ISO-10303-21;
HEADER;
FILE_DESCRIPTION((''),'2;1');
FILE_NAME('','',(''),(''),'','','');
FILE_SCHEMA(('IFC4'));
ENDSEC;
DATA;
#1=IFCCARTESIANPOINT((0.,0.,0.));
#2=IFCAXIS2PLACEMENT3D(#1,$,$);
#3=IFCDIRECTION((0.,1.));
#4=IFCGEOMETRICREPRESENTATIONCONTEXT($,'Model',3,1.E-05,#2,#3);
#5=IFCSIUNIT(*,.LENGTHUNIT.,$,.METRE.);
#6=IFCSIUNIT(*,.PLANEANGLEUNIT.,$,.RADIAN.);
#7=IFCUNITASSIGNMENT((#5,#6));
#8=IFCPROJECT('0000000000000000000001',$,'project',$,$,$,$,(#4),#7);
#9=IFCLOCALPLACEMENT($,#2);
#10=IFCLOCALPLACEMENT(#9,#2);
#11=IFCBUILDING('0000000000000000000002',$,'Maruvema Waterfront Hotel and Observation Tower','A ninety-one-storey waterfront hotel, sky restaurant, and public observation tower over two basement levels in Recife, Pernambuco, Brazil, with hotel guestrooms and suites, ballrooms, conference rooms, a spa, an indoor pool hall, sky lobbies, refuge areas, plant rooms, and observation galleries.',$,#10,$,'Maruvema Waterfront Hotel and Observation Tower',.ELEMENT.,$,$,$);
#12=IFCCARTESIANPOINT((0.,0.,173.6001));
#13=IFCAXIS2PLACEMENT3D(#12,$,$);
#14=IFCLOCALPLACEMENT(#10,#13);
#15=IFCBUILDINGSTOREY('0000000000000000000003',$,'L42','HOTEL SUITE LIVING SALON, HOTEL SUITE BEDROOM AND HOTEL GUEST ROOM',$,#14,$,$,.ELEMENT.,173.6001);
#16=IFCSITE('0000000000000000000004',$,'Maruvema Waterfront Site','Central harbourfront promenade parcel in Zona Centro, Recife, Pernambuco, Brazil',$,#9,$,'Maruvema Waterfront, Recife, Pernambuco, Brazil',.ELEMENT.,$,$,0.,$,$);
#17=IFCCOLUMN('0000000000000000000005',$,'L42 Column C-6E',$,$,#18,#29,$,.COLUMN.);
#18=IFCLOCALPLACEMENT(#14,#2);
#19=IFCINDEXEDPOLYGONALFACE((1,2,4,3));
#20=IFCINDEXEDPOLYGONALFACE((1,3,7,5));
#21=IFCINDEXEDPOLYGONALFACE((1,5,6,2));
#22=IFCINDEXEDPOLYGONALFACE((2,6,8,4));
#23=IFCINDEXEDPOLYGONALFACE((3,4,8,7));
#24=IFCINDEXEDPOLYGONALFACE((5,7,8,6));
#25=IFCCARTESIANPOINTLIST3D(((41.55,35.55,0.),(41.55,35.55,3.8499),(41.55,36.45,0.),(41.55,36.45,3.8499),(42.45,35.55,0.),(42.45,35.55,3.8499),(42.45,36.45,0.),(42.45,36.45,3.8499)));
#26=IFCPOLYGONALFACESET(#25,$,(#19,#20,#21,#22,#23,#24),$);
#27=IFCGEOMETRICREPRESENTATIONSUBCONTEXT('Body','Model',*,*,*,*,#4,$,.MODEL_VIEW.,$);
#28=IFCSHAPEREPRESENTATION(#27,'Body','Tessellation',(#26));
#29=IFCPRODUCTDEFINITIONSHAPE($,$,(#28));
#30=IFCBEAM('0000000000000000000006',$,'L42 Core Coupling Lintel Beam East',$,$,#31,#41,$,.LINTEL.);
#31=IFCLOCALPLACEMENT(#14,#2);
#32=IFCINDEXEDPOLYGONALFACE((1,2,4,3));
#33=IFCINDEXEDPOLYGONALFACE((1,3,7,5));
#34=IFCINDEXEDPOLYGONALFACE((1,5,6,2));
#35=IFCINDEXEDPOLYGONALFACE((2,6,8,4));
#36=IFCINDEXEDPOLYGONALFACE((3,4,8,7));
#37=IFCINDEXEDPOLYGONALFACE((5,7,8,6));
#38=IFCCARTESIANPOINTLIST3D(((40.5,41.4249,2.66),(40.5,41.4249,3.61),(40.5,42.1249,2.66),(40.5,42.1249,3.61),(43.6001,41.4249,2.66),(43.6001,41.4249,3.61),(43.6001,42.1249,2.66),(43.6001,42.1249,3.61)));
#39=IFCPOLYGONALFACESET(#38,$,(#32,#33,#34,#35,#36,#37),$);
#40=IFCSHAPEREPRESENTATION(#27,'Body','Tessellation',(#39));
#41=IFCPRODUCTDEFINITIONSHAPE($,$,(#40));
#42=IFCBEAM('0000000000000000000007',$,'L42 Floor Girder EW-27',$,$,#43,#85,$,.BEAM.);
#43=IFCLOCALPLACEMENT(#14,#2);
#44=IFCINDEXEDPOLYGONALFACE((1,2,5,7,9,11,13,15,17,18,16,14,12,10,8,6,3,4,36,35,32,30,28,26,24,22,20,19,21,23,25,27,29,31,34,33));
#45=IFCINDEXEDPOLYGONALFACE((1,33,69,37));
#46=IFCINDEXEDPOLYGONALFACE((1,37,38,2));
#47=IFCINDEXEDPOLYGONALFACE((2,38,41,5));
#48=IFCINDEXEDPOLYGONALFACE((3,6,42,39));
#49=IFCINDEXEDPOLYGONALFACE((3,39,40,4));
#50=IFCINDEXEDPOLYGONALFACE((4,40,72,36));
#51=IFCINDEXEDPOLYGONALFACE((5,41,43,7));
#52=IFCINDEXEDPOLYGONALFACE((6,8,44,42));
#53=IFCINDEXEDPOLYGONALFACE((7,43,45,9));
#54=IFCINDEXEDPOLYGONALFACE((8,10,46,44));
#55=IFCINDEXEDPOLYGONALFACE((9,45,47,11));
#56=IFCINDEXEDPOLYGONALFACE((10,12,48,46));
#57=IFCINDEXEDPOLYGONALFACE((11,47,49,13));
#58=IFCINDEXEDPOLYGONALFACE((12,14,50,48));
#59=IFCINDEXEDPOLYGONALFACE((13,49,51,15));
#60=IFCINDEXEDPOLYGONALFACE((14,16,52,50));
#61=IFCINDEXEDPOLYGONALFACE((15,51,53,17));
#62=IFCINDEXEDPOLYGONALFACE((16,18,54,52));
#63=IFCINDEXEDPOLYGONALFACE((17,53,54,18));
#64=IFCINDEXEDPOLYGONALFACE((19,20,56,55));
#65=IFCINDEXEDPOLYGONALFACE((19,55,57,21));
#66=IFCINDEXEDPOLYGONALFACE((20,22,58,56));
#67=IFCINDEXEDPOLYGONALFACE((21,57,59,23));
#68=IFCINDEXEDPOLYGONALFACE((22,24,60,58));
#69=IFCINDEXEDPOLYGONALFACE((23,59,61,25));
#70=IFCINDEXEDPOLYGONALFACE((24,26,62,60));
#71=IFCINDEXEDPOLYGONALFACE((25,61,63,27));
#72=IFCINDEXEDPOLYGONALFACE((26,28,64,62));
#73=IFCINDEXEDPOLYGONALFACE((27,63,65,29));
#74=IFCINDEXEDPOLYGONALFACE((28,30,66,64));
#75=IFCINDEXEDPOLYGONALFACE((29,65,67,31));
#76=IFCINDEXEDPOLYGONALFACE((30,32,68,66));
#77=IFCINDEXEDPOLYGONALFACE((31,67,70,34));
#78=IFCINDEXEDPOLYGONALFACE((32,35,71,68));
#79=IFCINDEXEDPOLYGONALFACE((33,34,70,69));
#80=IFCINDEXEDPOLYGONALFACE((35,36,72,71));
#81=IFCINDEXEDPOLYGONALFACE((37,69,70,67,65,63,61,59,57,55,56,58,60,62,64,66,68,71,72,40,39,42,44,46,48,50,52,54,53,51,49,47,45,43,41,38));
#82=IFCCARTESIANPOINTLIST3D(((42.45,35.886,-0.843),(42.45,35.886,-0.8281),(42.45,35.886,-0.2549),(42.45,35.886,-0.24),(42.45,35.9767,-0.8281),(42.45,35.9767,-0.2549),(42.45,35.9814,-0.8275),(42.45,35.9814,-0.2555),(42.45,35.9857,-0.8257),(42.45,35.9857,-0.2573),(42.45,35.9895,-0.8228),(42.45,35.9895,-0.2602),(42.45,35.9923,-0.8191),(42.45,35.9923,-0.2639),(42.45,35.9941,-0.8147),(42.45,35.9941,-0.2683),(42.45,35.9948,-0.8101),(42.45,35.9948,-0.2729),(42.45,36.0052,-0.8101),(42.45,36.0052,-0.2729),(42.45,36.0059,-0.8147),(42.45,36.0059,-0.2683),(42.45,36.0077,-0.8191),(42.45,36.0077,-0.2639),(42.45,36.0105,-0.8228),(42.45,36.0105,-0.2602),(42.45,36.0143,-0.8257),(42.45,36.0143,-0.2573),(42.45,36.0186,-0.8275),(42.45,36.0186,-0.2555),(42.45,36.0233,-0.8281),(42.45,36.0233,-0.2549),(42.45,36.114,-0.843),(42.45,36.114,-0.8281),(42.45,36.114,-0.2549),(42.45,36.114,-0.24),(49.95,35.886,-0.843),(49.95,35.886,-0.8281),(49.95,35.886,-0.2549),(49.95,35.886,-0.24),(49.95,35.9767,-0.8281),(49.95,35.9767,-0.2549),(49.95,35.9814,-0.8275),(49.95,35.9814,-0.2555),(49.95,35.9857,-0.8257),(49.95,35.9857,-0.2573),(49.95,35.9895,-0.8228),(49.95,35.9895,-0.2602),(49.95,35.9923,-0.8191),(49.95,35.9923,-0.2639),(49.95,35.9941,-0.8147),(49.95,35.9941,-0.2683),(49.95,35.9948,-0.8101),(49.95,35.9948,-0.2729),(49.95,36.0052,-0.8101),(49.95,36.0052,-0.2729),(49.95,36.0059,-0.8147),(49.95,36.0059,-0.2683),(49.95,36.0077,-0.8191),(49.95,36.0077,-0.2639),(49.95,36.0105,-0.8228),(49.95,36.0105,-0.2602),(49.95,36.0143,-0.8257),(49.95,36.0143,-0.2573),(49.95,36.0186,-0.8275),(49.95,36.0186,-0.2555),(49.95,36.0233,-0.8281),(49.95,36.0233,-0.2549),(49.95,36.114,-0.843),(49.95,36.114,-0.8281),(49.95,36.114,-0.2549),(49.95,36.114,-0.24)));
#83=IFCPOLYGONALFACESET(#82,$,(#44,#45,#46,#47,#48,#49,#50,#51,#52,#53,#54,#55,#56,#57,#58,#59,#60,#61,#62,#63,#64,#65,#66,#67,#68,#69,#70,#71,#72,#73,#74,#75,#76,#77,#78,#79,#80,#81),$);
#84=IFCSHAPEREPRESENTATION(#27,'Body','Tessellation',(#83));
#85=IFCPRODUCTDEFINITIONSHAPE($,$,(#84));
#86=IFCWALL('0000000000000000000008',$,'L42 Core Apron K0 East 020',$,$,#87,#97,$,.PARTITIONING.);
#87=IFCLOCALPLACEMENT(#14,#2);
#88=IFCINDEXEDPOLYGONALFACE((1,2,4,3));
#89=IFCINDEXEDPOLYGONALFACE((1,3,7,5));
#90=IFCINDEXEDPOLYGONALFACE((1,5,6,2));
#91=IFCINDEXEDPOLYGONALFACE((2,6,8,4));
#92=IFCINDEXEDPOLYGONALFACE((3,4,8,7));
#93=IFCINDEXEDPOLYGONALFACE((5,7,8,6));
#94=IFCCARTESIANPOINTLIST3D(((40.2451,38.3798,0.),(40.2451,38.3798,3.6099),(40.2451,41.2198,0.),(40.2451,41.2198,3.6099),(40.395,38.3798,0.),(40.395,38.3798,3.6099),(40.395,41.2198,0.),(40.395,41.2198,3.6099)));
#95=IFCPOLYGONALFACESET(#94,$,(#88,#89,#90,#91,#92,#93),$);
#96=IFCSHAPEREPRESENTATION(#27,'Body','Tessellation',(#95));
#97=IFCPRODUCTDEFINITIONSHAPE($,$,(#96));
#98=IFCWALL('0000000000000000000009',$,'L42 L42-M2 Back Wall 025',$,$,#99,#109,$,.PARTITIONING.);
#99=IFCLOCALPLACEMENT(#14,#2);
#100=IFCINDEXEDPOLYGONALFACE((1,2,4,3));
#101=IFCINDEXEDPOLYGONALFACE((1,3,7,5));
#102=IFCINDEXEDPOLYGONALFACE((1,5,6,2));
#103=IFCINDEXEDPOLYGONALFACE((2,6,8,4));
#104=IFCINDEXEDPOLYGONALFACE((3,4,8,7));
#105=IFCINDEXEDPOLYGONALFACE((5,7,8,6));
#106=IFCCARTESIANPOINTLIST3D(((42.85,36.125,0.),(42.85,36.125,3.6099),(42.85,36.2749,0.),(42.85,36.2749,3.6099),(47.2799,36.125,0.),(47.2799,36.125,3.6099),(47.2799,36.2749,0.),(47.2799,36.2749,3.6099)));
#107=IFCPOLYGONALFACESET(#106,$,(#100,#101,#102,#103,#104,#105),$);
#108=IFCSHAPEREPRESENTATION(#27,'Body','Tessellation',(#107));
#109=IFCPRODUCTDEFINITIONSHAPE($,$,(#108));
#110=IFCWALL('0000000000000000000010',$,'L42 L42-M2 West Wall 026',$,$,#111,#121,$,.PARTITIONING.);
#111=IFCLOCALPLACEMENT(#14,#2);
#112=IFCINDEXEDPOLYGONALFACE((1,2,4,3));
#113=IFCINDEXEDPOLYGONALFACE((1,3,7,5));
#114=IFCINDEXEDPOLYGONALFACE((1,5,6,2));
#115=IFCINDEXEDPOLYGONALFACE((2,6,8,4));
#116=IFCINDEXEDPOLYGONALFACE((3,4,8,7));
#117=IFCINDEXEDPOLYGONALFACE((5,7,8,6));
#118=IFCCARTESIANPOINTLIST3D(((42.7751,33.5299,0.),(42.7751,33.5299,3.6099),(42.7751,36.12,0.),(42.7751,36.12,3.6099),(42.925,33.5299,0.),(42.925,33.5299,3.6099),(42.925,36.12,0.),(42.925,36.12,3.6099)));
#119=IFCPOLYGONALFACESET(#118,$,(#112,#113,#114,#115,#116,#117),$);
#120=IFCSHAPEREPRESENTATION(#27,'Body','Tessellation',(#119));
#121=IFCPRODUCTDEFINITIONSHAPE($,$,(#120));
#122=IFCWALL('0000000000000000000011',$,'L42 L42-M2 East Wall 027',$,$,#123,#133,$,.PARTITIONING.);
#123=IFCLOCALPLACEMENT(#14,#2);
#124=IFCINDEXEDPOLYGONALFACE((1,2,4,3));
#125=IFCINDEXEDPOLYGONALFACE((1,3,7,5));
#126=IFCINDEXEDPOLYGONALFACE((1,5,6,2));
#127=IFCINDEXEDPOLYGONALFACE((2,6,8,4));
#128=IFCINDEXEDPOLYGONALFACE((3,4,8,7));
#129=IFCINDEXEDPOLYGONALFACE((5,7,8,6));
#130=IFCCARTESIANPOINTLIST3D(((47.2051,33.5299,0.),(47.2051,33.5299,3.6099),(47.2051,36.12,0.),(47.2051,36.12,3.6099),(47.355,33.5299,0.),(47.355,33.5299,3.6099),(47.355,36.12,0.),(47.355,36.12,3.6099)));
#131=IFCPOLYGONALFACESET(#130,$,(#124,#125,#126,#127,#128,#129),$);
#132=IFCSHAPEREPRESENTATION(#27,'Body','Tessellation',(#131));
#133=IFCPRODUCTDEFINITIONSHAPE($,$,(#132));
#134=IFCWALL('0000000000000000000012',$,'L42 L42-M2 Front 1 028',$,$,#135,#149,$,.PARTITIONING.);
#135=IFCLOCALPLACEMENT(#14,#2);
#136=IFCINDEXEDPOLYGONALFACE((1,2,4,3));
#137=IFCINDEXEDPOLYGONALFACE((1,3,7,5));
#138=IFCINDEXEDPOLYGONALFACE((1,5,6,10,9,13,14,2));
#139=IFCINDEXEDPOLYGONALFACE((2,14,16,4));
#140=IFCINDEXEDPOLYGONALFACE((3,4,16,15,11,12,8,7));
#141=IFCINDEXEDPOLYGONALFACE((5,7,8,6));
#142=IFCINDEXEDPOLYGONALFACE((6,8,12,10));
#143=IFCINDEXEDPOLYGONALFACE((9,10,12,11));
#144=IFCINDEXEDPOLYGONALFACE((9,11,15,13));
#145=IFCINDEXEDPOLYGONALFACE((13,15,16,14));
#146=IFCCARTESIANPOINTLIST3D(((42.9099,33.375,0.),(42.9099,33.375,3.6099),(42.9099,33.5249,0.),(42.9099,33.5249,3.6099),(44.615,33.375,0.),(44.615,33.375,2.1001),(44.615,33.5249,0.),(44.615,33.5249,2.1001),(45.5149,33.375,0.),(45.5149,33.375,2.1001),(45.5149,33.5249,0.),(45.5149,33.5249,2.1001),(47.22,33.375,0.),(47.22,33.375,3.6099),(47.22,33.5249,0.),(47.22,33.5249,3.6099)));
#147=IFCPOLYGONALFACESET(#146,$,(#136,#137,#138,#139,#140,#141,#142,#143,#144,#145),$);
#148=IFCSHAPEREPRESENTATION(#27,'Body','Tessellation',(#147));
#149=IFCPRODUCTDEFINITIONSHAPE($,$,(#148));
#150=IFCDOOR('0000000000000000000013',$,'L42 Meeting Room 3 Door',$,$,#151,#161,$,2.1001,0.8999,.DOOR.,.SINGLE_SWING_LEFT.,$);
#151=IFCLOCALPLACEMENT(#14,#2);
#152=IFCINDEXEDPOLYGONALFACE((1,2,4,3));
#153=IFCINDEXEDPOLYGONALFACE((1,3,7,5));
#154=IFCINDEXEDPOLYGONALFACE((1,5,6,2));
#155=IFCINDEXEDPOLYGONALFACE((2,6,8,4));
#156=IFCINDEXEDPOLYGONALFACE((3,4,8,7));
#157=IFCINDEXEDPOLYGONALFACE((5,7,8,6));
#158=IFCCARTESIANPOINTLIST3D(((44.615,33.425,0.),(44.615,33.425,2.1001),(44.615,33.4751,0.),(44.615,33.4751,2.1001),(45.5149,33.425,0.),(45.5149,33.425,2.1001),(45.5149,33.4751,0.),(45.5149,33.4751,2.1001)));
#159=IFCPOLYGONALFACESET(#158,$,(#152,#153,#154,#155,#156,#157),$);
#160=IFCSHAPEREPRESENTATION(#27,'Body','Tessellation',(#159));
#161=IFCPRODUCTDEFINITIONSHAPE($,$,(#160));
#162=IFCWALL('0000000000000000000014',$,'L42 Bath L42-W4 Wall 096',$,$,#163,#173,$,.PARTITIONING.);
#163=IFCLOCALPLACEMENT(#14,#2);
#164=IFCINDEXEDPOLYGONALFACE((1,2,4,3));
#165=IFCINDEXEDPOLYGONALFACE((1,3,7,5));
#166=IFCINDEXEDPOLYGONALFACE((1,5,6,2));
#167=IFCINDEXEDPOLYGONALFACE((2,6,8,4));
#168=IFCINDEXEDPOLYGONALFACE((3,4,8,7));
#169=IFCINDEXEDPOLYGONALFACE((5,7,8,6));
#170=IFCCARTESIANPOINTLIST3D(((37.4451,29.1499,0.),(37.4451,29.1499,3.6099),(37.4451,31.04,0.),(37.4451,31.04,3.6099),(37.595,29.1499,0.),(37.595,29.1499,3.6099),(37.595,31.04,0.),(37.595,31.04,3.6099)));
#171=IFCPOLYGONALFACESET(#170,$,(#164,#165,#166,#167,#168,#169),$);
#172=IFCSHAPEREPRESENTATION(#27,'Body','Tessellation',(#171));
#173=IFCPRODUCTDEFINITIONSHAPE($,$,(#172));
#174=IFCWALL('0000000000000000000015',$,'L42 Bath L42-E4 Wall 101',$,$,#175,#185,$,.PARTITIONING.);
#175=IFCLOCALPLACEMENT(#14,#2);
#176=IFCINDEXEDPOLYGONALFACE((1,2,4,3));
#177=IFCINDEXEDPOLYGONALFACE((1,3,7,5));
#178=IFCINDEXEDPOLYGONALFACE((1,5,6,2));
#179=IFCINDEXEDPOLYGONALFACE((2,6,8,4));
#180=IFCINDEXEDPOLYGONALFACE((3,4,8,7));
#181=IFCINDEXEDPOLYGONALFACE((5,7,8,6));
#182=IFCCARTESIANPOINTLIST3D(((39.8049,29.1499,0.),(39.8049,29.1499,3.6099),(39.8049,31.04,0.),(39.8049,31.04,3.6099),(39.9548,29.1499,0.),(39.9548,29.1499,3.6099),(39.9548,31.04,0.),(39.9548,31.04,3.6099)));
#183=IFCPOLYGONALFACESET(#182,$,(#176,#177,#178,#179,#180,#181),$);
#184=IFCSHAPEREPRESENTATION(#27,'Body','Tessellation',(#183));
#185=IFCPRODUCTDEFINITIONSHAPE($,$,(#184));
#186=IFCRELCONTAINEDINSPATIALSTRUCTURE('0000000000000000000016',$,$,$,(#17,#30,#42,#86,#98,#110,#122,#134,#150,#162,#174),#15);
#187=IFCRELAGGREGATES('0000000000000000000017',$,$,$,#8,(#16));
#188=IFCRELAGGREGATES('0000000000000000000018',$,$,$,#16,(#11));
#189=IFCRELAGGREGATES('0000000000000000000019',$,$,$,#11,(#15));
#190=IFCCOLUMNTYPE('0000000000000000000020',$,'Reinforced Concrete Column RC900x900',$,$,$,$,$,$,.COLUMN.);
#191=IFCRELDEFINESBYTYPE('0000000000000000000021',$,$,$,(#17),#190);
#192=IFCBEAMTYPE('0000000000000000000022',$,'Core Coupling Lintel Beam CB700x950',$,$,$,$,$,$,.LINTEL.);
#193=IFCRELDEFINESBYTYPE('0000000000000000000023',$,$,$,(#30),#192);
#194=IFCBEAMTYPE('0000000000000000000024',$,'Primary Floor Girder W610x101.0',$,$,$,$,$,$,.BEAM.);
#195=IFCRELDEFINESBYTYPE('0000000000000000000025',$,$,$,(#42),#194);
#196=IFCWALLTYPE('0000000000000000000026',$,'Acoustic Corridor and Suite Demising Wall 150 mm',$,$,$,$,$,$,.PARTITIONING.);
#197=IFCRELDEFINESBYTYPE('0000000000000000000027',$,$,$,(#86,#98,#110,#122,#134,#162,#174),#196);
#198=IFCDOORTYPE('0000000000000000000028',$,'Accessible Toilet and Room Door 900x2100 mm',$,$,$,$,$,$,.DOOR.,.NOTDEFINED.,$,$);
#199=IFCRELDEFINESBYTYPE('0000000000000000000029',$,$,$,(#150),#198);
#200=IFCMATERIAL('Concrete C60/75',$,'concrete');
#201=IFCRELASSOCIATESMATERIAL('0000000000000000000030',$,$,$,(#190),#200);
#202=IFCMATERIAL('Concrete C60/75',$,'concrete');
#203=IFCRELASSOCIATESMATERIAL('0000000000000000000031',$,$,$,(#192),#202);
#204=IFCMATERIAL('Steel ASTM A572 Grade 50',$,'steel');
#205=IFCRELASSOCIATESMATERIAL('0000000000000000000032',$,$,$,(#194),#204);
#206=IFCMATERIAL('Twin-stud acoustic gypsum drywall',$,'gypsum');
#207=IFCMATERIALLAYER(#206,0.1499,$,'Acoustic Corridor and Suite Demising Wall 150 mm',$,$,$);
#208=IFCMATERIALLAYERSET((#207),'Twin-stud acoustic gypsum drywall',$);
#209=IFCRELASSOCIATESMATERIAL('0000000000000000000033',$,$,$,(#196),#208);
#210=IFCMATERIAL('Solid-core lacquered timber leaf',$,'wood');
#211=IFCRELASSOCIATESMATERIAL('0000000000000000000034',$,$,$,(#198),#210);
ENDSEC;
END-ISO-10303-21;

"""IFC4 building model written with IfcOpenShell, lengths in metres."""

from ifc_helpers import new_model, si_unit, direction, frame, frame_2d, origin, origin_2d, place, context, subcontext, project, spatial, rectangle, i_section, extrude, material, layer, layer_set, material_profile, profile_set, type_object, element, fill, save


model = new_model("IFC4")

# Units and contexts
model_context = context("Model", 3, precision=1e-05, world=origin(), true_north=direction((0.0, 1.0)))
body_context = subcontext(model_context, "Body", "Model", "MODEL_VIEW")
ifc_project = project(units=[si_unit("LENGTHUNIT", "METRE"), si_unit("PLANEANGLEUNIT", "RADIAN")], contexts=[model_context])

# Site, building, storey
site_placement = place(None, origin())
site = spatial("IfcSite", under=ifc_project, at=site_placement, Name="Maruvema Waterfront Site", Description="Central harbourfront promenade parcel in Zona Centro, Recife, Pernambuco, Brazil", LongName="Maruvema Waterfront, Recife, Pernambuco, Brazil", CompositionType="ELEMENT", RefElevation=0.0)
building_placement = place(site_placement, origin())
building = spatial("IfcBuilding", under=site, at=building_placement, Name="Maruvema Waterfront Hotel and Observation Tower", Description="A ninety-one-storey waterfront hotel, sky restaurant, and public observation tower over two basement levels in Recife, Pernambuco, Brazil, with hotel guestrooms and suites, ballrooms, conference rooms, a spa, an indoor pool hall, sky lobbies, refuge areas, plant rooms, and observation galleries.", LongName="Maruvema Waterfront Hotel and Observation Tower", CompositionType="ELEMENT")
storey_placement = place(building_placement, frame((0.0, 0.0, 173.6001)))
storey = spatial("IfcBuildingStorey", under=building, at=storey_placement, Name="L42", Description="HOTEL SUITE LIVING SALON, HOTEL SUITE BEDROOM AND HOTEL GUEST ROOM", CompositionType="ELEMENT", Elevation=173.6001)

# Column
ifc_material_1 = material(Name="Concrete C60/75", Category="concrete")
ifc_material_profile_1 = material_profile(ifc_material_1, rectangle(XDim=0.8999, YDim=0.8999, at=origin_2d()), Name="RC900x900")
ifc_profile_set_1 = profile_set([ifc_material_profile_1], Name="Concrete C60/75")
column_type = type_object("IfcColumnType", Name="Reinforced Concrete Column RC900x900", PredefinedType="COLUMN", material=ifc_profile_set_1)
column_placement = place(storey_placement, frame((42.0, 36.0, 0.0), z_axis=(0.0, 0.0, 1.0), x_axis=(1.0, 0.0, 0.0)))
element("IfcColumn", 1, at=column_placement, inside=storey, type_object=column_type, Name="L42 Column C-6E", PredefinedType="COLUMN", context=body_context, shape_type="SweptSolid", body=[
    extrude(rectangle(XDim=0.8999, YDim=0.8999, at=origin_2d()), origin(), (0.0, 0.0, 1.0), 3.8499),
])

# Beams
ifc_material_2 = material(Name="Concrete C60/75", Category="concrete")
ifc_material_profile_2 = material_profile(ifc_material_2, rectangle(XDim=0.7, YDim=0.95, at=origin_2d()), Name="CB700x950")
ifc_profile_set_2 = profile_set([ifc_material_profile_2], Name="Concrete C60/75")
beam_type_1 = type_object("IfcBeamType", Name="Core Coupling Lintel Beam CB700x950", PredefinedType="LINTEL", material=ifc_profile_set_2)
beam_1_placement = place(storey_placement, frame((40.5, 41.7749, 3.135), z_axis=(1.0, 0.0, 0.0), x_axis=(0.0, 1.0, 0.0)))
element("IfcBeam", 2, at=beam_1_placement, inside=storey, type_object=beam_type_1, Name="L42 Core Coupling Lintel Beam East", PredefinedType="LINTEL", context=body_context, shape_type="SweptSolid", body=[
    extrude(rectangle(XDim=0.7, YDim=0.95, at=origin_2d()), origin(), (0.0, 0.0, 1.0), 3.1001),
])
ifc_material_3 = material(Name="Steel ASTM A572 Grade 50", Category="steel")
ifc_material_profile_3 = material_profile(ifc_material_3, i_section(OverallWidth=0.228, OverallDepth=0.603, WebThickness=0.0105, FlangeThickness=0.0149, FilletRadius=0.0181, at=origin_2d()), Name="W610x101.0")
ifc_profile_set_3 = profile_set([ifc_material_profile_3], Name="Steel ASTM A572 Grade 50")
beam_type_2 = type_object("IfcBeamType", Name="Primary Floor Girder W610x101.0", PredefinedType="BEAM", material=ifc_profile_set_3)
beam_2_placement = place(storey_placement, frame((42.45, 36.0, -0.5415), z_axis=(1.0, 0.0, 0.0), x_axis=(0.0, 1.0, 0.0)))
element("IfcBeam", 3, at=beam_2_placement, inside=storey, type_object=beam_type_2, Name="L42 Floor Girder EW-27", PredefinedType="BEAM", context=body_context, shape_type="SweptSolid", body=[
    extrude(i_section(OverallWidth=0.228, OverallDepth=0.603, WebThickness=0.0105, FlangeThickness=0.0149, FilletRadius=0.0181, at=origin_2d()), origin(), (0.0, 0.0, 1.0), 7.5),
])

# Walls
ifc_material_4 = material(Name="Twin-stud acoustic gypsum drywall", Category="gypsum")
ifc_layer_1 = layer(ifc_material_4, 0.1499, Name="Acoustic Corridor and Suite Demising Wall 150 mm")
ifc_layer_set_1 = layer_set([ifc_layer_1], Name="Twin-stud acoustic gypsum drywall")
wall_type_1 = type_object("IfcWallType", Name="Acoustic Corridor and Suite Demising Wall 150 mm", PredefinedType="PARTITIONING", material=ifc_layer_set_1)
wall_1_placement = place(storey_placement, frame((40.3201, 38.3799, 0.0), z_axis=(0.0, 0.0, 1.0), x_axis=(0.0, 1.0, 0.0)))
element("IfcWall", 4, at=wall_1_placement, inside=storey, type_object=wall_type_1, Name="L42 Core Apron K0 East 020", PredefinedType="PARTITIONING", context=body_context, shape_type="SweptSolid", body=[
    extrude(rectangle(XDim=2.8401, YDim=0.1499, at=frame_2d((1.4199, 0.0))), origin(), (0.0, 0.0, 1.0), 3.6099),
])
wall_2_placement = place(storey_placement, frame((42.8501, 36.2, 0.0), z_axis=(0.0, 0.0, 1.0), x_axis=(1.0, 0.0, 0.0)))
element("IfcWall", 5, at=wall_2_placement, inside=storey, type_object=wall_type_1, Name="L42 L42-M2 Back Wall 025", PredefinedType="PARTITIONING", context=body_context, shape_type="SweptSolid", body=[
    extrude(rectangle(XDim=4.4299, YDim=0.1499, at=frame_2d((2.2148, 0.0))), origin(), (0.0, 0.0, 1.0), 3.6099),
])
for number, where, z_axis, x_axis, name in (
    (6, (42.8501, 33.53, 0.0), (0.0, 0.0, 1.0), (0.0, 1.0, 0.0), "L42 L42-M2 West Wall 026"),
    (7, (47.28, 33.53, 0.0), (0.0, 0.0, 1.0), (0.0, 1.0, 0.0), "L42 L42-M2 East Wall 027"),
):
    element("IfcWall", number, at=place(storey_placement, frame(where, z_axis=z_axis, x_axis=x_axis)), inside=storey, type_object=wall_type_1, Name=name, PredefinedType="PARTITIONING", context=body_context, shape_type="SweptSolid", body=[
        extrude(rectangle(XDim=2.5901, YDim=0.1499, at=frame_2d((1.2949, 0.0))), origin(), (0.0, 0.0, 1.0), 3.6099),
    ])

# Wall, opening, door
wall_3_placement = place(storey_placement, frame((42.9099, 33.45, 0.0), z_axis=(0.0, 0.0, 1.0), x_axis=(1.0, 0.0, 0.0)))
wall_3 = element("IfcWall", 8, at=wall_3_placement, inside=storey, type_object=wall_type_1, Name="L42 L42-M2 Front 1 028", PredefinedType="PARTITIONING", context=body_context, shape_type="SweptSolid", body=[
    extrude(rectangle(XDim=4.3101, YDim=0.1499, at=frame_2d((2.155, 0.0))), origin(), (0.0, 0.0, 1.0), 3.6099),
])
opening_1_placement = place(wall_3_placement, frame((1.7051, 0.0, 0.0)))
opening_1 = element("IfcOpeningElement", 9, at=opening_1_placement, cuts=wall_3, PredefinedType="OPENING", context=body_context, shape_type="SweptSolid", body=[
    extrude(rectangle(XDim=0.8999, YDim=2.1001, at=frame_2d((0.45, 1.05))), frame((0.0, 0.085, 0.0), z_axis=(0.0, -1.0, 0.0), x_axis=(1.0, 0.0, 0.0)), (0.0, 0.0, 1.0), 0.1699),
])
ifc_material_5 = material(Name="Solid-core lacquered timber leaf", Category="wood")
door_type_1 = type_object("IfcDoorType", Name="Accessible Toilet and Room Door 900x2100 mm", OperationType="NOTDEFINED", PredefinedType="DOOR", material=ifc_material_5)
door_1_placement = place(opening_1_placement, frame((0.8999, 0.0, 0.0), z_axis=(0.0, 0.0, 1.0), x_axis=(-1.0, 0.0, 0.0)))
door_1 = element("IfcDoor", 10, at=door_1_placement, inside=storey, type_object=door_type_1, Name="L42 Meeting Room 3 Door", OperationType="SINGLE_SWING_LEFT", OverallHeight=2.1001, OverallWidth=0.8999, PredefinedType="DOOR", context=body_context, shape_type="SweptSolid", body=[
    extrude(rectangle(XDim=0.8999, YDim=2.1001, at=frame_2d((0.45, 1.05))), frame((0.0, 0.0249, 0.0), z_axis=(0.0, -1.0, 0.0), x_axis=(1.0, 0.0, 0.0)), (0.0, 0.0, 1.0), 0.05),
])
fill(opening_1, door_1)

# Walls
for number, where, z_axis, x_axis, name in (
    (11, (37.52, 29.1499, 0.0), (0.0, 0.0, 1.0), (0.0, 1.0, 0.0), "L42 Bath L42-W4 Wall 096"),
    (12, (39.8799, 29.1499, 0.0), (0.0, 0.0, 1.0), (0.0, 1.0, 0.0), "L42 Bath L42-E4 Wall 101"),
):
    element("IfcWall", number, at=place(storey_placement, frame(where, z_axis=z_axis, x_axis=x_axis)), inside=storey, type_object=wall_type_1, Name=name, PredefinedType="PARTITIONING", context=body_context, shape_type="SweptSolid", body=[
        extrude(rectangle(XDim=1.8901, YDim=0.1499, at=frame_2d((0.9451, 0.0))), origin(), (0.0, 0.0, 1.0), 3.6099),
    ])

save(model, "model.ifc")
